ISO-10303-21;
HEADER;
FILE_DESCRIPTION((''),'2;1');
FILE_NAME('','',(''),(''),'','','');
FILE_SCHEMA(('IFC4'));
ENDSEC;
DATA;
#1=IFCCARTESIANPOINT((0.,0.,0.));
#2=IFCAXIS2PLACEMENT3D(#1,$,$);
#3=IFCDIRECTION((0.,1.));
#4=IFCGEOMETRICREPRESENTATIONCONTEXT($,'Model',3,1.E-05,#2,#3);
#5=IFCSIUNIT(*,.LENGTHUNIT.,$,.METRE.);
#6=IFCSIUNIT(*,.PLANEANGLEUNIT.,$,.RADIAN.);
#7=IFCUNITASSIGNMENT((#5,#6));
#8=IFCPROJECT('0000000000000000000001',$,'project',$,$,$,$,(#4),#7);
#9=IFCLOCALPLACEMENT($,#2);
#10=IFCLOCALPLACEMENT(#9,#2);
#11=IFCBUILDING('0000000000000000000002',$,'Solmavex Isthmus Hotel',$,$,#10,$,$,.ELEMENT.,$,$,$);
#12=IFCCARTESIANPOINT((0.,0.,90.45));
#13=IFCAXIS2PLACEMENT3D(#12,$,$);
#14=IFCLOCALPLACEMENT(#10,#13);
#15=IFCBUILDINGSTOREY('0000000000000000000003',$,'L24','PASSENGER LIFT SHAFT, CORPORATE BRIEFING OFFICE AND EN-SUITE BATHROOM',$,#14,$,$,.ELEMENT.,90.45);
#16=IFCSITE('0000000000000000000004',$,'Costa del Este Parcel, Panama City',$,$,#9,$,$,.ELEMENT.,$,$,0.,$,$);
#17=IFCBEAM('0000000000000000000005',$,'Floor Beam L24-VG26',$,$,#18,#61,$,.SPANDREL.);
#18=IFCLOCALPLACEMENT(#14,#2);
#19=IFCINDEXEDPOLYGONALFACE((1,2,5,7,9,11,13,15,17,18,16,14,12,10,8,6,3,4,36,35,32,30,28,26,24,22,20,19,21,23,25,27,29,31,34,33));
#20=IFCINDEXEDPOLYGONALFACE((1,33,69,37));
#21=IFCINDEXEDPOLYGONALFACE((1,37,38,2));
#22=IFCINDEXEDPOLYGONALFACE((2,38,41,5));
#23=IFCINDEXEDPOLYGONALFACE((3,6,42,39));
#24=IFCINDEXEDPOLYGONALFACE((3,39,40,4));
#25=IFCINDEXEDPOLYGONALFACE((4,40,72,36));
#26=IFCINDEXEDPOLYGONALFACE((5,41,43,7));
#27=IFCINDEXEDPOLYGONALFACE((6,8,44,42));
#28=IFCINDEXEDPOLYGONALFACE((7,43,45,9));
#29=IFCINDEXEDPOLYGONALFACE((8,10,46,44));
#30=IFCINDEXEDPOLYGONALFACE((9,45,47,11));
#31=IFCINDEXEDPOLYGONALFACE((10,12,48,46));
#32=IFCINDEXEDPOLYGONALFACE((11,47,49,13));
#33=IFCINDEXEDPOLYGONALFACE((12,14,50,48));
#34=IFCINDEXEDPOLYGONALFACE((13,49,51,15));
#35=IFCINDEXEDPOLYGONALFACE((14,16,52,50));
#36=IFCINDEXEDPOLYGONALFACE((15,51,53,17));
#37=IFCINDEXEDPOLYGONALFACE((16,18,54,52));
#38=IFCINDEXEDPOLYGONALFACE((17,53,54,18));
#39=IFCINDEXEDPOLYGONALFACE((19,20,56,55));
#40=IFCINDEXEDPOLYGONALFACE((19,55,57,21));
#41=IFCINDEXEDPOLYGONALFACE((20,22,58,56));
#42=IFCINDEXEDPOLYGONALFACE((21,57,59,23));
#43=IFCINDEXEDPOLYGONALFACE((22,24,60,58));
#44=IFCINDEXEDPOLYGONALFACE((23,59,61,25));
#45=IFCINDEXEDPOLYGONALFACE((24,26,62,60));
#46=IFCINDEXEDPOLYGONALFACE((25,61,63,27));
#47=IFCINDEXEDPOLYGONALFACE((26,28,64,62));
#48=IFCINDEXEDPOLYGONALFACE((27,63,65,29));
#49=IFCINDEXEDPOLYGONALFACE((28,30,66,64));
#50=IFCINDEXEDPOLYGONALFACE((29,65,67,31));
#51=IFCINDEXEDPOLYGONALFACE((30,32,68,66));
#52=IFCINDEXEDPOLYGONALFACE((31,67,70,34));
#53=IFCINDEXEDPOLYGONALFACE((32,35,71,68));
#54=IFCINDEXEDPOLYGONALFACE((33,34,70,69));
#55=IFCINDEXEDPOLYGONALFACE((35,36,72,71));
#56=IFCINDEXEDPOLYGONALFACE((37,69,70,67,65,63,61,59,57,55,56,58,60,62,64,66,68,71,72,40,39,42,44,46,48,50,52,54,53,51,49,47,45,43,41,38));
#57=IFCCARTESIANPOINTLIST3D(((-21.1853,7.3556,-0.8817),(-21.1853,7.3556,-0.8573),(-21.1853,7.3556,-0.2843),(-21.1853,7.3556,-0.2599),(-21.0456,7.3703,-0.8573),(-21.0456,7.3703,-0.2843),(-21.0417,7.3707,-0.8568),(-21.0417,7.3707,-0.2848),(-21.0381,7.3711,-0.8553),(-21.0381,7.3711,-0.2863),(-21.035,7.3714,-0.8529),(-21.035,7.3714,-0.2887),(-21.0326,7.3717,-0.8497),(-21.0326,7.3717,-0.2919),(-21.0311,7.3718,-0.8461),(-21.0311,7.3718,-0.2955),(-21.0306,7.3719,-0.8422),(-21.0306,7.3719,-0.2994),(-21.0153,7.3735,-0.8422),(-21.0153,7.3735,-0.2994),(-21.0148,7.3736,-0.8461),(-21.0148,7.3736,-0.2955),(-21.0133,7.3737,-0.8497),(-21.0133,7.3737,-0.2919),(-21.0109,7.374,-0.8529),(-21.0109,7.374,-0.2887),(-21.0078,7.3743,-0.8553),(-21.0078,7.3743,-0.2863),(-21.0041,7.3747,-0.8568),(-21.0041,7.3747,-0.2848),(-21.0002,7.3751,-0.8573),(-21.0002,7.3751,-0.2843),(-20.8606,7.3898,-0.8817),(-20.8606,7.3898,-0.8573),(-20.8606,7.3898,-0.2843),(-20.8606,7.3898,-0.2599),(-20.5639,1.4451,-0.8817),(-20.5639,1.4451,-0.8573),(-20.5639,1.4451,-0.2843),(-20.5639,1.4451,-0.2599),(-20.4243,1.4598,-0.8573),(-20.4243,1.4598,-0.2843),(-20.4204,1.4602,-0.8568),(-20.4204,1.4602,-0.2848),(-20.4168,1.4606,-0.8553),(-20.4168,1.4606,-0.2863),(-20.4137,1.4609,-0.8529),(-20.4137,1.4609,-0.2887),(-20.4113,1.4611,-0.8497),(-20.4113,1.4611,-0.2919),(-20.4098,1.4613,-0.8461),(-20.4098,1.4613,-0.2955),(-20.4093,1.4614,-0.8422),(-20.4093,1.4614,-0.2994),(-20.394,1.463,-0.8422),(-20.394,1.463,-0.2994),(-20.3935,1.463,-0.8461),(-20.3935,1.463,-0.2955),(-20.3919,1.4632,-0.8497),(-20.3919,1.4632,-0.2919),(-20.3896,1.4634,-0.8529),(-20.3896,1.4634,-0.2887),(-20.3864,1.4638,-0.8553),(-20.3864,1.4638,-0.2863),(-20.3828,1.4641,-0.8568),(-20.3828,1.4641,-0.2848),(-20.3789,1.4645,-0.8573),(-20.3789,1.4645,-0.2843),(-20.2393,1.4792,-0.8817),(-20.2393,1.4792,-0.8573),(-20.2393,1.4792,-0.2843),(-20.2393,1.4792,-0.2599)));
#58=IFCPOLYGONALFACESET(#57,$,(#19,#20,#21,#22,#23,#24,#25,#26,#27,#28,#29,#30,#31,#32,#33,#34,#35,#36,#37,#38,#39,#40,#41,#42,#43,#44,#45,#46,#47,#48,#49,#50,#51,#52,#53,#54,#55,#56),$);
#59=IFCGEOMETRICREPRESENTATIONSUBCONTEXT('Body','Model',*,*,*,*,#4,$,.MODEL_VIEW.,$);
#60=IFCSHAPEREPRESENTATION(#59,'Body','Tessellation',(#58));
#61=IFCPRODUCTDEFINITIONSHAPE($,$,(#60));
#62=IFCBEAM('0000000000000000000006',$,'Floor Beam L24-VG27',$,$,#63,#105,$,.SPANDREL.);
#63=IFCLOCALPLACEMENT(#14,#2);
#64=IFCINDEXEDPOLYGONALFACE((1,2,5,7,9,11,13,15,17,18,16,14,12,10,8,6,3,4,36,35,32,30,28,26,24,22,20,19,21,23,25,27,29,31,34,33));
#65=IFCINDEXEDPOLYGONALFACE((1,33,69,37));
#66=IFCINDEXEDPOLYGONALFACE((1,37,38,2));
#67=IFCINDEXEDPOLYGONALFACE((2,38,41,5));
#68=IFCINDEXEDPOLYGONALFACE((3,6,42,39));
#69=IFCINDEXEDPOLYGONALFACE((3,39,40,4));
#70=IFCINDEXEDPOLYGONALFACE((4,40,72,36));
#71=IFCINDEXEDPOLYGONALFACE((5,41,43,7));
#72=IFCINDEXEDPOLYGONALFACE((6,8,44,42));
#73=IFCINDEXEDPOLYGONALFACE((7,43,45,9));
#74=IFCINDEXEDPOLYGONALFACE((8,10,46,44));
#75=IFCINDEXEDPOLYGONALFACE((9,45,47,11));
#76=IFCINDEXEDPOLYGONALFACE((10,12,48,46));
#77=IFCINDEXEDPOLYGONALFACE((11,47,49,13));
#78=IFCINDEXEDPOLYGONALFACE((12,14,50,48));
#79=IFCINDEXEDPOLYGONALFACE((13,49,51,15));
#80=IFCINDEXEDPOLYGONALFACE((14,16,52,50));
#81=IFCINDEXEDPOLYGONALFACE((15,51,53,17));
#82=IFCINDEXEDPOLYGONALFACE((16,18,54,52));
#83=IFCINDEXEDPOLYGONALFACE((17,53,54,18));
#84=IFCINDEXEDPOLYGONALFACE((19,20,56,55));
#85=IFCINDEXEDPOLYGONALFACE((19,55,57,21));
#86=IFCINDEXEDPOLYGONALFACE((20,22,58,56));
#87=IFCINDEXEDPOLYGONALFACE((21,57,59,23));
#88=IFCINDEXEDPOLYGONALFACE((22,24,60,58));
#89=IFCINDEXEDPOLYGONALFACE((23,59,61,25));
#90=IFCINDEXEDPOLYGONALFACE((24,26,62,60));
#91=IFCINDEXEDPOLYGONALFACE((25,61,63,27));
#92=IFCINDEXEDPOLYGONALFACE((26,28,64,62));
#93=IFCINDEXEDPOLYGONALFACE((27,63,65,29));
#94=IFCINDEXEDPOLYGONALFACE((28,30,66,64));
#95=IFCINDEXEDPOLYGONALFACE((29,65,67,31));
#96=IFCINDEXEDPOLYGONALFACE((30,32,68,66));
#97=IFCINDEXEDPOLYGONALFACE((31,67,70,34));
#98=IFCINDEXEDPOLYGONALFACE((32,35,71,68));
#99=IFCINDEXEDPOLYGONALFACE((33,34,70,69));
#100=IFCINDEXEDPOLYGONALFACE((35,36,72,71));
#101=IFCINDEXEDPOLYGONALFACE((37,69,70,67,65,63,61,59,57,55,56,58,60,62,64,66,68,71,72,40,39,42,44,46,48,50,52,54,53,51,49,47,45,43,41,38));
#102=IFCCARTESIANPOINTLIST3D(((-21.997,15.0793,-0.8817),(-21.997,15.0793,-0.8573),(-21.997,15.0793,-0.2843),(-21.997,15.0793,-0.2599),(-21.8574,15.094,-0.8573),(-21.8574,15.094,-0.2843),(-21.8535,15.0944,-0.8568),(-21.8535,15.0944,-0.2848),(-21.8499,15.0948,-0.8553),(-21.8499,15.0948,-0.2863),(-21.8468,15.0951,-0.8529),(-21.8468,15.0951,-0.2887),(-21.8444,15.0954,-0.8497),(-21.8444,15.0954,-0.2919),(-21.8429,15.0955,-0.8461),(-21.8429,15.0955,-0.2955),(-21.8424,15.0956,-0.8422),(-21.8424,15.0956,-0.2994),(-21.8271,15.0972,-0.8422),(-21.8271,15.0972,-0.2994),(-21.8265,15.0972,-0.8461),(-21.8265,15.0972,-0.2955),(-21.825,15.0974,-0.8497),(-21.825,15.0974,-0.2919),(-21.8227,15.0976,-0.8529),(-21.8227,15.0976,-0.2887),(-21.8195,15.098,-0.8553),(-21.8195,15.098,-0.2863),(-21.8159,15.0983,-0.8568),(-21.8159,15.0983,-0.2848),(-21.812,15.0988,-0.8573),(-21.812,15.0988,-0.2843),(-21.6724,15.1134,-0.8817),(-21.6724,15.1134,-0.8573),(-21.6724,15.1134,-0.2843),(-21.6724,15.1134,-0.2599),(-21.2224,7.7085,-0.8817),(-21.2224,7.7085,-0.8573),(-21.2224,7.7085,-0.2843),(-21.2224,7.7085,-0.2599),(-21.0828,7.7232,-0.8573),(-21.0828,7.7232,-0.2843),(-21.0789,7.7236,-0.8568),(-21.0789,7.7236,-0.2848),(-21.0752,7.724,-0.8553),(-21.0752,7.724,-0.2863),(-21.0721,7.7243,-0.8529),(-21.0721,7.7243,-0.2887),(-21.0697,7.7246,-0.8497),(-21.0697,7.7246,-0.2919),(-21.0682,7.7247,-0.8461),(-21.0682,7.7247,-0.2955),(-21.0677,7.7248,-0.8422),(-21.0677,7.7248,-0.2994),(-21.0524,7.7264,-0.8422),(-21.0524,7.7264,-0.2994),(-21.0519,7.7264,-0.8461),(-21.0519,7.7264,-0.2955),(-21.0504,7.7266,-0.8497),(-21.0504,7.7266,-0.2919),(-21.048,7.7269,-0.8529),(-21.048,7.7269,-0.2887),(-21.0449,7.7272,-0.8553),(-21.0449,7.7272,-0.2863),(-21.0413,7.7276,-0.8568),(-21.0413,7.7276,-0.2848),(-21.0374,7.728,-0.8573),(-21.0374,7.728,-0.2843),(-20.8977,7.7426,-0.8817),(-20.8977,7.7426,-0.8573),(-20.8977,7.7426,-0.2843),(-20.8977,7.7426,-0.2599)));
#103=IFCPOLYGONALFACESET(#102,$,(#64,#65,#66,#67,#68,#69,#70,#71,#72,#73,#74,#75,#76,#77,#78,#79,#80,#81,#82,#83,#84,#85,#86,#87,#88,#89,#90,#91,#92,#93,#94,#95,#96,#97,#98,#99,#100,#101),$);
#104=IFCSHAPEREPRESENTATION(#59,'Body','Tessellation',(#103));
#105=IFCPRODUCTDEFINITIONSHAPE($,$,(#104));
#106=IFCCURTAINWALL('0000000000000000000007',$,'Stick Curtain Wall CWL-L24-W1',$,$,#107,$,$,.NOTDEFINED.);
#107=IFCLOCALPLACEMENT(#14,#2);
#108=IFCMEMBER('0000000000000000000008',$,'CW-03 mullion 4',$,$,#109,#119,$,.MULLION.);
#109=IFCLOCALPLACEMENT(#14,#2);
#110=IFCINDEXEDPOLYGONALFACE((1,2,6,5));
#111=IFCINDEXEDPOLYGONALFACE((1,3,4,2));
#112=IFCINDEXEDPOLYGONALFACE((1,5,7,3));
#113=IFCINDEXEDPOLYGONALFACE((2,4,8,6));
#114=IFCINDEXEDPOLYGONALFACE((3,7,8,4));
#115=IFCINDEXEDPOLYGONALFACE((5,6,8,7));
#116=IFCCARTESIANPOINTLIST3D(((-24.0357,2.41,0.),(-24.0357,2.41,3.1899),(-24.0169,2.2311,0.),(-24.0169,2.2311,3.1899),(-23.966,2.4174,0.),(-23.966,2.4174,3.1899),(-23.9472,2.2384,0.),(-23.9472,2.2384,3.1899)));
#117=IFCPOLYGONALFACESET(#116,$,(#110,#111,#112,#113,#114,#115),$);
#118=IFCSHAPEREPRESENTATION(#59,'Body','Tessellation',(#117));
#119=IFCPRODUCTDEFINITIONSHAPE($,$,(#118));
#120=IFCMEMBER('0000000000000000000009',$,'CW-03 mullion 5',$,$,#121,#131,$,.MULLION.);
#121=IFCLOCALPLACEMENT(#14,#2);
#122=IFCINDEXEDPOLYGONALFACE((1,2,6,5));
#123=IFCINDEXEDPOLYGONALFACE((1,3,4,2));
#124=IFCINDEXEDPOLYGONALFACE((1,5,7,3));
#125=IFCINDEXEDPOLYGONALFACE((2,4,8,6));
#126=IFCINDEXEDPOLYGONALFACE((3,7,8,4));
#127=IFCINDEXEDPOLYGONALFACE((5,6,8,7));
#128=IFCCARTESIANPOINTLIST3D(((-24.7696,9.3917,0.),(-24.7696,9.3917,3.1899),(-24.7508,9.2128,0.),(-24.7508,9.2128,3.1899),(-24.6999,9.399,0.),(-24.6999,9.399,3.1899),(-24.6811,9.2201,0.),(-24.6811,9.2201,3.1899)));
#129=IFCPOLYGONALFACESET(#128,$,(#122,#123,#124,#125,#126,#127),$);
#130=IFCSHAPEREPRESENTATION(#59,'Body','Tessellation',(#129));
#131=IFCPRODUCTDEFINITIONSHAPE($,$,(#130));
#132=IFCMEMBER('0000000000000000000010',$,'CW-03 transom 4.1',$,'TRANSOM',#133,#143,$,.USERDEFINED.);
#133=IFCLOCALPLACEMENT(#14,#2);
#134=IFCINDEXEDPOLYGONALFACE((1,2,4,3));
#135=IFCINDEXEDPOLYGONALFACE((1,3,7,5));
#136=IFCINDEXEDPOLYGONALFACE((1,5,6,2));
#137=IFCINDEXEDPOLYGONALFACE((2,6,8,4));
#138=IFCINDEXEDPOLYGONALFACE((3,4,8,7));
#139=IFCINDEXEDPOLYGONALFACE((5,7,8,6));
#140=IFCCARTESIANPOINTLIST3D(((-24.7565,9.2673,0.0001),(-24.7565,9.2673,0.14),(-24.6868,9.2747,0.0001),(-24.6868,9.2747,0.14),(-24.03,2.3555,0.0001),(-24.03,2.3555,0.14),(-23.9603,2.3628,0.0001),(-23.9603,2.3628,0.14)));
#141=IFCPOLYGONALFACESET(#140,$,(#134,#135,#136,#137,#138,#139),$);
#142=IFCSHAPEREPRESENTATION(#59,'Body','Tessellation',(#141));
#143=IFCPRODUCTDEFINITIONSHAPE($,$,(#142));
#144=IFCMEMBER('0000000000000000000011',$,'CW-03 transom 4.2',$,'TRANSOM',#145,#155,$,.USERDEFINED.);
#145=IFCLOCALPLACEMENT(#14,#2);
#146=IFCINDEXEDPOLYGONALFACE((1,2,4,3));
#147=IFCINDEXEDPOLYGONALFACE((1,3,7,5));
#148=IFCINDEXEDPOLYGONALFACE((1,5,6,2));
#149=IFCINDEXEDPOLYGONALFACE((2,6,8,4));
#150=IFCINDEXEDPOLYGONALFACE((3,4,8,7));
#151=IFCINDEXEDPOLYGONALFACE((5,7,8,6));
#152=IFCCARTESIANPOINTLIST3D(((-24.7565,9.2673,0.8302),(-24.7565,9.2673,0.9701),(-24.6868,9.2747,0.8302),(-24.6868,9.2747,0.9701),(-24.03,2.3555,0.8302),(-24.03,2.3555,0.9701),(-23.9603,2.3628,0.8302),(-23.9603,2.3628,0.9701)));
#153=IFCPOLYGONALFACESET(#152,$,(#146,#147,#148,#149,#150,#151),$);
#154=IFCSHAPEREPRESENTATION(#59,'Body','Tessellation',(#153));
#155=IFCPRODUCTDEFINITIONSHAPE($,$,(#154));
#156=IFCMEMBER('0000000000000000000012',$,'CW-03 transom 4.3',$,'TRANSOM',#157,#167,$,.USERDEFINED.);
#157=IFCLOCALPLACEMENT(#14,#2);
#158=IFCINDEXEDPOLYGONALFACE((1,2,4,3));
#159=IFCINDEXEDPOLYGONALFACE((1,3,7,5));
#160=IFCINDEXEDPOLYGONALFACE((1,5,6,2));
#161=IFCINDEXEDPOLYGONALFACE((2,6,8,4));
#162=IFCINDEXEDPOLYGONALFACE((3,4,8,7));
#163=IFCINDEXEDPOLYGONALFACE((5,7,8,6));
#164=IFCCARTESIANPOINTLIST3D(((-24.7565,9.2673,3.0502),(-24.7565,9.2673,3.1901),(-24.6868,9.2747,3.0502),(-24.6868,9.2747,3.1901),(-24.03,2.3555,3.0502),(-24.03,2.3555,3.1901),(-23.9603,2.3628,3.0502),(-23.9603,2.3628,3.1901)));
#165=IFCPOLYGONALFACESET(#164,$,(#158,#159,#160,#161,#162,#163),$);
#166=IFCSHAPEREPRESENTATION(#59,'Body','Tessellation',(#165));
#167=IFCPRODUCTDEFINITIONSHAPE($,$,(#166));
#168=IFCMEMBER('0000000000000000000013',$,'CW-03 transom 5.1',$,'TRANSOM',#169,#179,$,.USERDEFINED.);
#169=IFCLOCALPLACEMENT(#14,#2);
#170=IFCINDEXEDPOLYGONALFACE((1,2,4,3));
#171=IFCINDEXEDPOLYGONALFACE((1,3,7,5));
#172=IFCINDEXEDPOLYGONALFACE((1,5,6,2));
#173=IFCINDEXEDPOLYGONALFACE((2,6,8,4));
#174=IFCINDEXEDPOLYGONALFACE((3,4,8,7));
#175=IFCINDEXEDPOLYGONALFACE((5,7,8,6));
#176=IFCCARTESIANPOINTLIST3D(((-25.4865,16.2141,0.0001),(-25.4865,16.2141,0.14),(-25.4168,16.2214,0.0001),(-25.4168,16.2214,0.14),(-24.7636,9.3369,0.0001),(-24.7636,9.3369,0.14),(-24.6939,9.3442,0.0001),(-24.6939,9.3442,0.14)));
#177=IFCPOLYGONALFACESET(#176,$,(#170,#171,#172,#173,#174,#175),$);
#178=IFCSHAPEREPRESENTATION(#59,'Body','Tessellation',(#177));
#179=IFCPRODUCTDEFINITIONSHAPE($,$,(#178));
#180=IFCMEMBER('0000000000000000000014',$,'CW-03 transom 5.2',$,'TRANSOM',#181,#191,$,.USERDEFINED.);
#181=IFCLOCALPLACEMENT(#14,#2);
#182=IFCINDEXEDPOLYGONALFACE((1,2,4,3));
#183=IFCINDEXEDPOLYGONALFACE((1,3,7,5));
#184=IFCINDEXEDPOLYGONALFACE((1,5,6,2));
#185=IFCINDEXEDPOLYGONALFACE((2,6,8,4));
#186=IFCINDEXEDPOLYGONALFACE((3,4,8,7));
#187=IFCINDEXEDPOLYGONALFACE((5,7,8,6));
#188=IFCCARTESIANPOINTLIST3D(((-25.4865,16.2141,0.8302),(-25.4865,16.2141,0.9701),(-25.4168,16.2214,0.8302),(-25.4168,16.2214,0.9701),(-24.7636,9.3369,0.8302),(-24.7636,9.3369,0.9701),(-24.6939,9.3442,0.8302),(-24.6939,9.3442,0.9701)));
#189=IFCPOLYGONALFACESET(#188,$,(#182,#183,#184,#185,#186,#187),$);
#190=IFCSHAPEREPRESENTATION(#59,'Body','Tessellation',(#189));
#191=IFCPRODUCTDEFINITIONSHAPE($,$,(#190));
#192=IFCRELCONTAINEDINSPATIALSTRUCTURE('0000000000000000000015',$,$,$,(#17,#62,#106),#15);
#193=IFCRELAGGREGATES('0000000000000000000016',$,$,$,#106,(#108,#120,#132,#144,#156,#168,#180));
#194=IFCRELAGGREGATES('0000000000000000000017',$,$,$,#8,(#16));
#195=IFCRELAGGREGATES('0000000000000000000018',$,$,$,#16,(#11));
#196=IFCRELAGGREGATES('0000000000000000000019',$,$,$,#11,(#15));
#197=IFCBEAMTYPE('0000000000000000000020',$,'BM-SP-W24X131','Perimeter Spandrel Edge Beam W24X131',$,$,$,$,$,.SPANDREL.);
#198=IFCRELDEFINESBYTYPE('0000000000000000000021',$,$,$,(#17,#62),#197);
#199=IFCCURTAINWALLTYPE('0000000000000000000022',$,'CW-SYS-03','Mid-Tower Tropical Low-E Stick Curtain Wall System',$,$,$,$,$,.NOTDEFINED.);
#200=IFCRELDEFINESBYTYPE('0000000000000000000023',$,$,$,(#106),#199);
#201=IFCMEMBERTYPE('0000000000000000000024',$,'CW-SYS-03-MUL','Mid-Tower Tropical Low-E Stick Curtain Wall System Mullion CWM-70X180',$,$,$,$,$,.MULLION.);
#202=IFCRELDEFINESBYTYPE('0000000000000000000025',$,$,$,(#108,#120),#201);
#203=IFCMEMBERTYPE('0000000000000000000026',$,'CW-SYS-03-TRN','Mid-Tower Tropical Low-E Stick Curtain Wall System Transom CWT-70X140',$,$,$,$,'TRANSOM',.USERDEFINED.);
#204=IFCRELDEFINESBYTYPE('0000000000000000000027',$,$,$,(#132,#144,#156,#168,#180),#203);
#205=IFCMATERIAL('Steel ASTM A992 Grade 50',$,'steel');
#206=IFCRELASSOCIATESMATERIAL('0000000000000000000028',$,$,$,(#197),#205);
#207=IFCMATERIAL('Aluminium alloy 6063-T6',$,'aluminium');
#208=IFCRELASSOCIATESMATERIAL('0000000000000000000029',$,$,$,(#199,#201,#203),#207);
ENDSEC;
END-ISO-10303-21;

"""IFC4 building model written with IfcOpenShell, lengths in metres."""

from ifc_helpers import new_model, si_unit, direction, frame, origin, origin_2d, place, context, subcontext, project, spatial, rectangle, i_section, extrude, material, material_profile, profile_set, type_object, element, aggregate, save


model = new_model("IFC4")

# Units and contexts
model_context = context("Model", 3, precision=1e-05, world=origin(), true_north=direction((0.0, 1.0)))
body_context = subcontext(model_context, "Body", "Model", "MODEL_VIEW")
ifc_project = project(units=[si_unit("LENGTHUNIT", "METRE"), si_unit("PLANEANGLEUNIT", "RADIAN")], contexts=[model_context])

# Site, building, storey
site_placement = place(None, origin())
site = spatial("IfcSite", under=ifc_project, at=site_placement, Name="Costa del Este Parcel, Panama City", CompositionType="ELEMENT", RefElevation=0.0)
building_placement = place(site_placement, origin())
building = spatial("IfcBuilding", under=site, at=building_placement, Name="Solmavex Isthmus Hotel", CompositionType="ELEMENT")
storey_placement = place(building_placement, frame((0.0, 0.0, 90.45)))
storey = spatial("IfcBuildingStorey", under=building, at=storey_placement, Name="L24", Description="PASSENGER LIFT SHAFT, CORPORATE BRIEFING OFFICE AND EN-SUITE BATHROOM", CompositionType="ELEMENT", Elevation=90.45)

# Beams
ifc_material_1 = material(Name="Steel ASTM A992 Grade 50", Category="steel")
ifc_material_profile_1 = material_profile(ifc_material_1, i_section(OverallWidth=0.3264, OverallDepth=0.6218, WebThickness=0.0154, FlangeThickness=0.0244, FilletRadius=0.0151, at=origin_2d()), Name="W24X131")
ifc_profile_set_1 = profile_set([ifc_material_profile_1], Name="Steel ASTM A992 Grade 50")
beam_type_1 = type_object("IfcBeamType", Name="BM-SP-W24X131", Description="Perimeter Spandrel Edge Beam W24X131", PredefinedType="SPANDREL", material=ifc_profile_set_1)
beam_1_placement = place(storey_placement, frame((-20.4016, 1.4622, -0.5708), z_axis=(-0.104546, 0.99452, 0.0), x_axis=(-0.99452, -0.104546, 0.0)))
element("IfcBeam", 1, at=beam_1_placement, inside=storey, type_object=beam_type_1, Name="Floor Beam L24-VG26", PredefinedType="SPANDREL", context=body_context, shape_type="SweptSolid", body=[
    extrude(i_section(OverallWidth=0.3264, OverallDepth=0.6218, WebThickness=0.0154, FlangeThickness=0.0244, FilletRadius=0.0151, at=origin_2d()), origin(), (0.0, 0.0, 1.0), 5.9431),
])
beam_2_placement = place(storey_placement, frame((-21.0601, 7.7256, -0.5708), z_axis=(-0.104522, 0.994523, 0.0), x_axis=(-0.994523, -0.104522, 0.0)))
element("IfcBeam", 2, at=beam_2_placement, inside=storey, type_object=beam_type_1, Name="Floor Beam L24-VG27", PredefinedType="SPANDREL", context=body_context, shape_type="SweptSolid", body=[
    extrude(i_section(OverallWidth=0.3264, OverallDepth=0.6218, WebThickness=0.0154, FlangeThickness=0.0244, FilletRadius=0.0151, at=origin_2d()), origin(), (0.0, 0.0, 1.0), 7.4114),
])

# Curtain wall, members
ifc_material_2 = material(Name="Aluminium alloy 6063-T6", Category="aluminium")
curtain_wall_type = type_object("IfcCurtainWallType", Name="CW-SYS-03", Description="Mid-Tower Tropical Low-E Stick Curtain Wall System", PredefinedType="NOTDEFINED", material=ifc_material_2)
curtain_wall_placement = place(storey_placement, origin())
curtain_wall = element("IfcCurtainWall", 3, at=curtain_wall_placement, inside=storey, type_object=curtain_wall_type, Name="Stick Curtain Wall CWL-L24-W1", PredefinedType="NOTDEFINED")
ifc_material_profile_2 = material_profile(ifc_material_2, rectangle(XDim=0.0701, YDim=0.1799, at=origin_2d()), Name="CWM-70X180")
ifc_profile_set_2 = profile_set([ifc_material_profile_2], Name="Aluminium alloy 6063-T6")
member_type_1 = type_object("IfcMemberType", Name="CW-SYS-03-MUL", Description="Mid-Tower Tropical Low-E Stick Curtain Wall System Mullion CWM-70X180", PredefinedType="MULLION", material=ifc_profile_set_2)
member_1_placement = place(storey_placement, frame((-23.9915, 2.3242, 0.0), z_axis=(0.0, 0.0, 1.0), x_axis=(-0.994522, -0.104528, 0.0)))
member_1 = element("IfcMember", 4, at=member_1_placement, type_object=member_type_1, Name="CW-03 mullion 4", PredefinedType="MULLION", context=body_context, shape_type="SweptSolid", body=[
    extrude(rectangle(XDim=0.0701, YDim=0.1799, at=origin_2d()), origin(), (0.0, 0.0, 1.0), 3.1899),
])
member_2_placement = place(storey_placement, frame((-24.7253, 9.3059, 0.0), z_axis=(0.0, 0.0, 1.0), x_axis=(-0.994522, -0.104528, 0.0)))
member_2 = element("IfcMember", 5, at=member_2_placement, type_object=member_type_1, Name="CW-03 mullion 5", PredefinedType="MULLION", context=body_context, shape_type="SweptSolid", body=[
    extrude(rectangle(XDim=0.0701, YDim=0.1799, at=origin_2d()), origin(), (0.0, 0.0, 1.0), 3.1899),
])
ifc_material_profile_3 = material_profile(ifc_material_2, rectangle(XDim=0.0701, YDim=0.1399, at=origin_2d()), Name="CWT-70X140")
ifc_profile_set_3 = profile_set([ifc_material_profile_3], Name="Aluminium alloy 6063-T6")
member_type_2 = type_object("IfcMemberType", Name="CW-SYS-03-TRN", Description="Mid-Tower Tropical Low-E Stick Curtain Wall System Transom CWT-70X140", ElementType="TRANSOM", PredefinedType="USERDEFINED", material=ifc_profile_set_3)
member_3_placement = place(storey_placement, frame((-23.9951, 2.3591, 0.0701), z_axis=(-0.104542, 0.99452, 0.0), x_axis=(-0.99452, -0.104542, 0.0)))
member_3 = element("IfcMember", 6, at=member_3_placement, type_object=member_type_2, Name="CW-03 transom 4.1", ObjectType="TRANSOM", PredefinedType="USERDEFINED", context=body_context, shape_type="SweptSolid", body=[
    extrude(rectangle(XDim=0.0701, YDim=0.1399, at=origin_2d()), origin(), (0.0, 0.0, 1.0), 6.95),
])
member_4_placement = place(storey_placement, frame((-23.9951, 2.3591, 0.9001), z_axis=(-0.104542, 0.99452, 0.0), x_axis=(-0.99452, -0.104542, 0.0)))
member_4 = element("IfcMember", 7, at=member_4_placement, type_object=member_type_2, Name="CW-03 transom 4.2", ObjectType="TRANSOM", PredefinedType="USERDEFINED", context=body_context, shape_type="SweptSolid", body=[
    extrude(rectangle(XDim=0.0701, YDim=0.1399, at=origin_2d()), origin(), (0.0, 0.0, 1.0), 6.95),
])
member_5_placement = place(storey_placement, frame((-23.9951, 2.3591, 3.1201), z_axis=(-0.104542, 0.99452, 0.0), x_axis=(-0.99452, -0.104542, 0.0)))
member_5 = element("IfcMember", 8, at=member_5_placement, type_object=member_type_2, Name="CW-03 transom 4.3", ObjectType="TRANSOM", PredefinedType="USERDEFINED", context=body_context, shape_type="SweptSolid", body=[
    extrude(rectangle(XDim=0.0701, YDim=0.1399, at=origin_2d()), origin(), (0.0, 0.0, 1.0), 6.95),
])
member_6_placement = place(storey_placement, frame((-24.7288, 9.3406, 0.0701), z_axis=(-0.10454, 0.994521, 0.0), x_axis=(-0.994521, -0.10454, 0.0)))
member_6 = element("IfcMember", 9, at=member_6_placement, type_object=member_type_2, Name="CW-03 transom 5.1", ObjectType="TRANSOM", PredefinedType="USERDEFINED", context=body_context, shape_type="SweptSolid", body=[
    extrude(rectangle(XDim=0.0701, YDim=0.1399, at=origin_2d()), origin(), (0.0, 0.0, 1.0), 6.915),
])
member_7_placement = place(storey_placement, frame((-24.7288, 9.3406, 0.9001), z_axis=(-0.10454, 0.994521, 0.0), x_axis=(-0.994521, -0.10454, 0.0)))
member_7 = element("IfcMember", 10, at=member_7_placement, type_object=member_type_2, Name="CW-03 transom 5.2", ObjectType="TRANSOM", PredefinedType="USERDEFINED", context=body_context, shape_type="SweptSolid", body=[
    extrude(rectangle(XDim=0.0701, YDim=0.1399, at=origin_2d()), origin(), (0.0, 0.0, 1.0), 6.915),
])
aggregate(curtain_wall, [member_1, member_2, member_3, member_4, member_5, member_6, member_7])

save(model, "model.ifc")
